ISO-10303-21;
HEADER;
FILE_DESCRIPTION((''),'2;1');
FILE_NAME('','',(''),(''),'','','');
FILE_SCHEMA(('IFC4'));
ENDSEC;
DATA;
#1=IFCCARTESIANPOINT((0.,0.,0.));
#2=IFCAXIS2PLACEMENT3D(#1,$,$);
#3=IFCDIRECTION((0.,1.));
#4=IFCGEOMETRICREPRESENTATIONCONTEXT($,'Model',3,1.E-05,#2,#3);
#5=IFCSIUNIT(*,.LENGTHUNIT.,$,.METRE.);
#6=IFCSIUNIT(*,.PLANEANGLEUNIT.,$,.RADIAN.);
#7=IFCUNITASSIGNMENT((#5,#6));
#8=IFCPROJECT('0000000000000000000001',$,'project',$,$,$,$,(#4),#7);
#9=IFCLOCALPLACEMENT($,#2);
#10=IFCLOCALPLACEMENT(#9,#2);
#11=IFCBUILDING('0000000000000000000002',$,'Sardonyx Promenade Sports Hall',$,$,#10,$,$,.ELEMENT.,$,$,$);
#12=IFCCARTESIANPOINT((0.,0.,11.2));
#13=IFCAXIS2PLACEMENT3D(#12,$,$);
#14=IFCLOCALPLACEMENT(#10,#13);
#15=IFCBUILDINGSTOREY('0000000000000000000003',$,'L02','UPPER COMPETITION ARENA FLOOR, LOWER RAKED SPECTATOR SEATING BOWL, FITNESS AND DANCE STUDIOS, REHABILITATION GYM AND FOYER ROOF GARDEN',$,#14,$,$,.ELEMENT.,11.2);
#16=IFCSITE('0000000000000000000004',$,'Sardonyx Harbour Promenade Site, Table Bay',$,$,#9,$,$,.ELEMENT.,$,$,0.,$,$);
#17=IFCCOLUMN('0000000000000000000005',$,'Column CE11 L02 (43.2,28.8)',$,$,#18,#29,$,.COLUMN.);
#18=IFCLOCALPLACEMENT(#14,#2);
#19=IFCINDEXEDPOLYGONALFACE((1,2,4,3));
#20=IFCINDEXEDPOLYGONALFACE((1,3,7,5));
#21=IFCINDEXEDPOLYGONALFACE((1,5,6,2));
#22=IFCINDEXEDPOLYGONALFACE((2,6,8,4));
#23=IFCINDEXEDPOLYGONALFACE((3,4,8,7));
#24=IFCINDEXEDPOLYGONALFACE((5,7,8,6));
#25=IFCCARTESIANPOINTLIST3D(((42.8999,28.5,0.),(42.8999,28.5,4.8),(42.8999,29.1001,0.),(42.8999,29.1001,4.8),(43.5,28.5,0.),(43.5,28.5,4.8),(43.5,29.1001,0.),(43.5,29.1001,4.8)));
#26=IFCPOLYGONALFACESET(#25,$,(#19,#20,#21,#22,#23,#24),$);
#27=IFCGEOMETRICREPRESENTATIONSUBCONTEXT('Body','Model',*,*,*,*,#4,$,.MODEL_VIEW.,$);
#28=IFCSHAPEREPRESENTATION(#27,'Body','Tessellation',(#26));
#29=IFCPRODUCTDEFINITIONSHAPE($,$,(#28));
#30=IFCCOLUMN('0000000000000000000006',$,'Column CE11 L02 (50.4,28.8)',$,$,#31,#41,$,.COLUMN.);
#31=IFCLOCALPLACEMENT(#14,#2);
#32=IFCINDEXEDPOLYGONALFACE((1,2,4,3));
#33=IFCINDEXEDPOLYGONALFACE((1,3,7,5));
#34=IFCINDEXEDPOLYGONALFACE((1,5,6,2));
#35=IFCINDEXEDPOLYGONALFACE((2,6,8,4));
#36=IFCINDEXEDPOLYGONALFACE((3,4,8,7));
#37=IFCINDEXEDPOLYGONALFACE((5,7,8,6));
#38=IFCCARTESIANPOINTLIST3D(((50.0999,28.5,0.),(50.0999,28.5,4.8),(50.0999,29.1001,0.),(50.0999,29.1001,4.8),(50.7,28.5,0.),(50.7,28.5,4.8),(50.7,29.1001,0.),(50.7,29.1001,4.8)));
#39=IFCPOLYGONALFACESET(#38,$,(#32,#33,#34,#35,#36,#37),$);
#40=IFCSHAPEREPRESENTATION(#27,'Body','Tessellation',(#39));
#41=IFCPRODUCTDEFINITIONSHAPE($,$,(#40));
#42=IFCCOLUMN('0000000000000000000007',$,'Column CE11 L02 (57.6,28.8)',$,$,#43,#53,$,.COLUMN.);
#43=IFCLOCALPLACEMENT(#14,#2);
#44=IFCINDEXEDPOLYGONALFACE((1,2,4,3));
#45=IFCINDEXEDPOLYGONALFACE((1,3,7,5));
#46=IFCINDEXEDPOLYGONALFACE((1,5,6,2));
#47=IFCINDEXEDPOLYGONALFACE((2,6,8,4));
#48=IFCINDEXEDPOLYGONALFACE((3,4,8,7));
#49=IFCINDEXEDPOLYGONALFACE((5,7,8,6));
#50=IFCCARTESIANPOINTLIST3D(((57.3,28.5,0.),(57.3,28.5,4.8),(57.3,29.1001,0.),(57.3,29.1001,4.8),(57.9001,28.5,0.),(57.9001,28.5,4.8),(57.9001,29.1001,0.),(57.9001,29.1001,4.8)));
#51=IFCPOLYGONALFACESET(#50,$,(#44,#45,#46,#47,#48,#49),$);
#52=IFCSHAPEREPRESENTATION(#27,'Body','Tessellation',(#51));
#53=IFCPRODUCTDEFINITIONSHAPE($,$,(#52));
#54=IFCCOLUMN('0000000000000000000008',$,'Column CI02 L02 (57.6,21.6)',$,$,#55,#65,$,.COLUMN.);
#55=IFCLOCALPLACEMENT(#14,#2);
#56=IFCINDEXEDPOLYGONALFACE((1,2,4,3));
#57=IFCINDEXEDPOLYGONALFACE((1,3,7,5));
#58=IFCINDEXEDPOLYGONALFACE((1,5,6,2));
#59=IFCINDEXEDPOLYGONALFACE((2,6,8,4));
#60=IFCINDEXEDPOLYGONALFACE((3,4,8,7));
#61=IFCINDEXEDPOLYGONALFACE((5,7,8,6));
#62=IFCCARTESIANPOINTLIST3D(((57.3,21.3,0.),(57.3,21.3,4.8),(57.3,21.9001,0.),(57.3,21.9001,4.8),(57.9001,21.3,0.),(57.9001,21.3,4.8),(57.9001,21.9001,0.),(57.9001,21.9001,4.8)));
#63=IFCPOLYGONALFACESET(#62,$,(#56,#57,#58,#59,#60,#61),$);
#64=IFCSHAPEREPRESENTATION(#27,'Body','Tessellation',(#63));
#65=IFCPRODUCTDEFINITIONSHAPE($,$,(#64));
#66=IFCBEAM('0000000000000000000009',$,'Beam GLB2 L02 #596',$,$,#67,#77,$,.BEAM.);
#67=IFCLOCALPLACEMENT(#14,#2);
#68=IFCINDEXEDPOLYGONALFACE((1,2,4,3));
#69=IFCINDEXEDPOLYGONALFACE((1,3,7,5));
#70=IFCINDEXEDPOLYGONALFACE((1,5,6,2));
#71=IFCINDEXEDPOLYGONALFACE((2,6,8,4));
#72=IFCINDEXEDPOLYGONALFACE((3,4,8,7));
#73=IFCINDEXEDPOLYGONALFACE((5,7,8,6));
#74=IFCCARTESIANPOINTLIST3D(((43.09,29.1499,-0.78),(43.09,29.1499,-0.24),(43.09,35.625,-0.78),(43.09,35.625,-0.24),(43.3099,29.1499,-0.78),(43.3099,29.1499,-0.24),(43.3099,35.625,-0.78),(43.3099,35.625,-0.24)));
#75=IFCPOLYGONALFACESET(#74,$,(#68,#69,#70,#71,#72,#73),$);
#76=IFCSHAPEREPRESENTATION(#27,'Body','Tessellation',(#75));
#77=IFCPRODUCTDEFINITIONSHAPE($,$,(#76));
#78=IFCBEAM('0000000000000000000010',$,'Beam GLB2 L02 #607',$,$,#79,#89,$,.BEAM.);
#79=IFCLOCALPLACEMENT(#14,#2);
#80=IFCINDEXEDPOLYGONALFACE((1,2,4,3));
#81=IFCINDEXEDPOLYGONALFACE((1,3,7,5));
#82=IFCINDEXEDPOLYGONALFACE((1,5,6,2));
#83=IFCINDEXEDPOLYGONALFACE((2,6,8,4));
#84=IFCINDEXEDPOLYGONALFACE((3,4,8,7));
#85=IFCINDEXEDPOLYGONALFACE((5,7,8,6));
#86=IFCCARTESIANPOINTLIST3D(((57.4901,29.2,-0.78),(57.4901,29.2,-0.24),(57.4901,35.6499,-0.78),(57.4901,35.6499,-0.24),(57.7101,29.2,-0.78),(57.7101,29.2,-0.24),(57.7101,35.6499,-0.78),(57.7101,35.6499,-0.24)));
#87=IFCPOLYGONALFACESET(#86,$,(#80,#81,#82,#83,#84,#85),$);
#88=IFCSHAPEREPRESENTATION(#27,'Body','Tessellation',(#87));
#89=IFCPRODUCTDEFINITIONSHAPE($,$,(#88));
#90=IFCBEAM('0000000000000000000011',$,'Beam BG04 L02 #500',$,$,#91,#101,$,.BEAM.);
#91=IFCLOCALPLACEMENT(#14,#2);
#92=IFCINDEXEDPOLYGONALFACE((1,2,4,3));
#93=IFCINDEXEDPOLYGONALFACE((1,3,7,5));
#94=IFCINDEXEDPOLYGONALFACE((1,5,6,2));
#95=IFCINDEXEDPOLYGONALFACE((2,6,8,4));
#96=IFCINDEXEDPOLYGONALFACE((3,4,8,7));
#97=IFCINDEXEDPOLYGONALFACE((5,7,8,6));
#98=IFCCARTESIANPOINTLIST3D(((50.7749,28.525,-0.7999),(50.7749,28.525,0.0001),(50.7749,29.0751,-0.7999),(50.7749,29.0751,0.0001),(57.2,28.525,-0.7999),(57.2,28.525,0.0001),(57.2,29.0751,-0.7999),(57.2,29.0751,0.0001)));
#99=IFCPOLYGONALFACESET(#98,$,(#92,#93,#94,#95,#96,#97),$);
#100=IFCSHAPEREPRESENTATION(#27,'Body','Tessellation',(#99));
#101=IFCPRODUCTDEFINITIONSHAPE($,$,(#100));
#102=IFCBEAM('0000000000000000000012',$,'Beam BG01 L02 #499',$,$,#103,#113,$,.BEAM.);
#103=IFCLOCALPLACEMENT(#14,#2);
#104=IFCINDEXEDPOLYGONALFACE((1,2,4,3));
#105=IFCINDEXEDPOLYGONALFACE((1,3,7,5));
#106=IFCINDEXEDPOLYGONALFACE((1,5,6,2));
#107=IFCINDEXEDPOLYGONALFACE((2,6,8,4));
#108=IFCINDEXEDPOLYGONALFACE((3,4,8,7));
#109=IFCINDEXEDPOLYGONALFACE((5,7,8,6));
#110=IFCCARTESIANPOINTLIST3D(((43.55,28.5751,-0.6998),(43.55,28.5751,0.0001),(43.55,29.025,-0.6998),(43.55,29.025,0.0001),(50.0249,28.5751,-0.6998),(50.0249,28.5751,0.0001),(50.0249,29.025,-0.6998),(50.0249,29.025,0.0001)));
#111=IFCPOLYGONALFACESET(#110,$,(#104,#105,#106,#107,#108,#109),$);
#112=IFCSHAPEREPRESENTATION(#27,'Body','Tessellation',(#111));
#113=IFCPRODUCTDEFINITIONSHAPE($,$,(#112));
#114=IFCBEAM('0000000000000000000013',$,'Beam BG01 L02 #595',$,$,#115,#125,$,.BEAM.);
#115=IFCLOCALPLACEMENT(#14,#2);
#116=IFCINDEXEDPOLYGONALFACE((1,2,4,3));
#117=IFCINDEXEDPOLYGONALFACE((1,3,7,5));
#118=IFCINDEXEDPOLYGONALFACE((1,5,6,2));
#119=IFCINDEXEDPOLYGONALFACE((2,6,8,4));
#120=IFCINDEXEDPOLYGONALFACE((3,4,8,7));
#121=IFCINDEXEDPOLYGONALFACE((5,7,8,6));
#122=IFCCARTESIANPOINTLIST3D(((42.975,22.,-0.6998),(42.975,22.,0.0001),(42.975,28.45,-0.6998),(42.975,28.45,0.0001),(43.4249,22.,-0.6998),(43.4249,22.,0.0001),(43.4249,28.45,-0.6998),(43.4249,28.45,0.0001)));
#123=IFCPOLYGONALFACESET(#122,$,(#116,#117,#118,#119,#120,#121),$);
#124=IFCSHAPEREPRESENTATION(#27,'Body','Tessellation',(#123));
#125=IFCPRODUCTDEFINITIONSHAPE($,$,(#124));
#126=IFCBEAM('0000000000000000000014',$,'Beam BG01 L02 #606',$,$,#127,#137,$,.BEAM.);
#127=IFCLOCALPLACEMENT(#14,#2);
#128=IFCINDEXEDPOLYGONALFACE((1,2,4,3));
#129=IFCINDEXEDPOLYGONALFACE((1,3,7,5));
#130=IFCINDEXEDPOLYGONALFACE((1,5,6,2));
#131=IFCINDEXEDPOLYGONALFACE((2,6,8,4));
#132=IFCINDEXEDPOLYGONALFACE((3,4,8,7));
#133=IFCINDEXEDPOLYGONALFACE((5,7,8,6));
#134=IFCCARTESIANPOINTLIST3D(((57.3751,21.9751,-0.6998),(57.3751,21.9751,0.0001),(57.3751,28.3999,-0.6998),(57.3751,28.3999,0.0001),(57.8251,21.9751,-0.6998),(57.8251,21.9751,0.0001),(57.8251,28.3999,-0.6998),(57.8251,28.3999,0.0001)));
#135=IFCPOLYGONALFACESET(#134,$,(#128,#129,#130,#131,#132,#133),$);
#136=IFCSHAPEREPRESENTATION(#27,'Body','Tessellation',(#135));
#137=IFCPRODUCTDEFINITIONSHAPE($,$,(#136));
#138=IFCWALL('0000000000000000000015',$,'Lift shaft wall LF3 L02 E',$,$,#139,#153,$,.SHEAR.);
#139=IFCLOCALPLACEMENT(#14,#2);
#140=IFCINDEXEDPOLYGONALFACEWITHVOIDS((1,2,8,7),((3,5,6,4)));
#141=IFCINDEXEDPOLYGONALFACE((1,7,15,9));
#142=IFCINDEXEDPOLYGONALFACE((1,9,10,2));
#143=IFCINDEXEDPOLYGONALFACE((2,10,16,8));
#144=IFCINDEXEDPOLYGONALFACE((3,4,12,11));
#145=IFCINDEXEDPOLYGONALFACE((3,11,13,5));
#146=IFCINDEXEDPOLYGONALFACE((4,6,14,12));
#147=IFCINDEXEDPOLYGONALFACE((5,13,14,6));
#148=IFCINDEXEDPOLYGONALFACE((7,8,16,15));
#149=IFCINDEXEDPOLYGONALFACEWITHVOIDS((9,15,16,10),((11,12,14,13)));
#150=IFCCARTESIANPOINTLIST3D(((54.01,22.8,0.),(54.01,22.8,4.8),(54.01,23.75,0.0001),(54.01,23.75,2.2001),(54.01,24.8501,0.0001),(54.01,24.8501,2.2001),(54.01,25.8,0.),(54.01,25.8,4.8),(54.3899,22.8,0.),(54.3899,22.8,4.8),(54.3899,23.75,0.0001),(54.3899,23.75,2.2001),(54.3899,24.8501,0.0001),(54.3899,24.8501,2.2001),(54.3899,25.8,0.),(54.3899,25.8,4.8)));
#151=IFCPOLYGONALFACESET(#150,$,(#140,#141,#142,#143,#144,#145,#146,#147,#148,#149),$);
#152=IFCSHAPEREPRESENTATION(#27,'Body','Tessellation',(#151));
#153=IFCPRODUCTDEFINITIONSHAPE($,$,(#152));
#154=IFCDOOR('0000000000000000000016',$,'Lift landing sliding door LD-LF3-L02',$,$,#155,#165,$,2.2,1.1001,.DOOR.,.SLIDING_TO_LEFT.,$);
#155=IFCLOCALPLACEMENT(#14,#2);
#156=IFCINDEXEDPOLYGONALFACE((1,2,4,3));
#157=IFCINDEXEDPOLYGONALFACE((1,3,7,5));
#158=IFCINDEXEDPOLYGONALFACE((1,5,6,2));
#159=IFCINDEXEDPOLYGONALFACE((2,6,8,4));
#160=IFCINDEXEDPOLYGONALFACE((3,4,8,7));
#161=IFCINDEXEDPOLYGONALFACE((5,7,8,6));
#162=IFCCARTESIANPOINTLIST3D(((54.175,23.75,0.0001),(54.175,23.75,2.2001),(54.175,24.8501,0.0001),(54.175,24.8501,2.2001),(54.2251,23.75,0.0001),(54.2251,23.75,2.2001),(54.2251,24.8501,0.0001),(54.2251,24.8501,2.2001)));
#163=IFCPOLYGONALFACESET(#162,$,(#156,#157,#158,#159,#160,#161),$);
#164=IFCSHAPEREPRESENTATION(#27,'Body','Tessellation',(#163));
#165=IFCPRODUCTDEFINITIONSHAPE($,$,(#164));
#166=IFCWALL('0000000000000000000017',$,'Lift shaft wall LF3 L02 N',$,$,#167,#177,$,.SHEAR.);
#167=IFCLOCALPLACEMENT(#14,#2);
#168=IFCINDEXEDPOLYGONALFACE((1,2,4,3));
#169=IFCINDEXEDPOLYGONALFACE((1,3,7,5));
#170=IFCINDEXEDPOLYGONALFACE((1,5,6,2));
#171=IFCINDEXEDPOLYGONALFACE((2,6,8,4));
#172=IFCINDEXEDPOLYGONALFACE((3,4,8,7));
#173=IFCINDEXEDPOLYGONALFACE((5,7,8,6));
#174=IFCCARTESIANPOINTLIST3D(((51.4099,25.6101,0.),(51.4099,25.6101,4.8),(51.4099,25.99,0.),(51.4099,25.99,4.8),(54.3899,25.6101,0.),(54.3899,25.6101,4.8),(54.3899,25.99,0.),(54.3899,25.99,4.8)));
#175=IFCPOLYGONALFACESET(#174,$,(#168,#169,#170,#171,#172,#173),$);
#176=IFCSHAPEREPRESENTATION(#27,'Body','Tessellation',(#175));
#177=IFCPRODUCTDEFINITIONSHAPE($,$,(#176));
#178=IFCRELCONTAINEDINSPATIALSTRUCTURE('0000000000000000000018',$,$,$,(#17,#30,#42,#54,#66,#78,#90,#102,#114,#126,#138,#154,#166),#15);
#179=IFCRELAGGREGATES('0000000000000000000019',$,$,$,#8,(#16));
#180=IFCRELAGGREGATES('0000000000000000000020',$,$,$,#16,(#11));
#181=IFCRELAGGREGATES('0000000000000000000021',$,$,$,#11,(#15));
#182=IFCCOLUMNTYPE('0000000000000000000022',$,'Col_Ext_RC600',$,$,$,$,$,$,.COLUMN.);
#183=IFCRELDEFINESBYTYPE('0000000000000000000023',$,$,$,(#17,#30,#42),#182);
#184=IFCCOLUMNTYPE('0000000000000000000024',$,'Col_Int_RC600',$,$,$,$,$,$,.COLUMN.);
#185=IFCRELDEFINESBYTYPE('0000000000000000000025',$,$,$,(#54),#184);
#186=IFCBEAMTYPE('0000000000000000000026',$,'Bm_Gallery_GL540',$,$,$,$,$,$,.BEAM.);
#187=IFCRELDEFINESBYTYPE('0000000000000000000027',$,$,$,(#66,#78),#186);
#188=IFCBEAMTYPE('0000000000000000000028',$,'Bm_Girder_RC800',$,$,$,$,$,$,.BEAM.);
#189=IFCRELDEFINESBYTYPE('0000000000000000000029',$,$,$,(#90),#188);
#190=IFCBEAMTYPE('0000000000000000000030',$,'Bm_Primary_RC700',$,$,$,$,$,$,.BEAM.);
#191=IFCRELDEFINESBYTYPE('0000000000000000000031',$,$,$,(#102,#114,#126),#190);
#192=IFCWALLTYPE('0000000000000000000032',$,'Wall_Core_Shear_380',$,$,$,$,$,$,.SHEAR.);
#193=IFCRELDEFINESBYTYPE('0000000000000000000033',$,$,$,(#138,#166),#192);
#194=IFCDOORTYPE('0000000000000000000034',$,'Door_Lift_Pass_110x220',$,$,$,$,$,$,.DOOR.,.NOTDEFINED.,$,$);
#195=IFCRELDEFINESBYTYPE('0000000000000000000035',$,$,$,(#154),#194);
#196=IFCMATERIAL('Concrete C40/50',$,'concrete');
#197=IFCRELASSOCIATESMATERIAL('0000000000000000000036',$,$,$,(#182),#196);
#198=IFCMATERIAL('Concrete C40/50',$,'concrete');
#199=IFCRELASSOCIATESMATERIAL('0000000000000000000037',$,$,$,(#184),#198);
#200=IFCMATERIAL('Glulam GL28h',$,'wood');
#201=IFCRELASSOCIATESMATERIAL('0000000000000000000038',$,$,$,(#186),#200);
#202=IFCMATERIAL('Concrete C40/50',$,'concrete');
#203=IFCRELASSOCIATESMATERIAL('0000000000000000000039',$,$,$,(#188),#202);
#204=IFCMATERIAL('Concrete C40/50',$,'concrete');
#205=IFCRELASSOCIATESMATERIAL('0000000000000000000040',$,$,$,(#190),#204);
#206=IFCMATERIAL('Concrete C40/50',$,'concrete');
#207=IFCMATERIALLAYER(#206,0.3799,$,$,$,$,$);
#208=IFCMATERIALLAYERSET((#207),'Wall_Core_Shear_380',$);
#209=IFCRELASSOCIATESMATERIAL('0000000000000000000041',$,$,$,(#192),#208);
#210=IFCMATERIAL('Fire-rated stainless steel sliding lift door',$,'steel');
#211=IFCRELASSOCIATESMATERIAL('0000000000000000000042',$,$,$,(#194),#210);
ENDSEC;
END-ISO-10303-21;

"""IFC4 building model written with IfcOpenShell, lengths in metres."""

from ifc_helpers import new_model, si_unit, direction, frame, frame_2d, origin, origin_2d, place, context, subcontext, project, spatial, rectangle, extrude, material, layer, layer_set, material_profile, profile_set, type_object, element, fill, save


model = new_model("IFC4")

# Units and contexts
model_context = context("Model", 3, precision=1e-05, world=origin(), true_north=direction((0.0, 1.0)))
body_context = subcontext(model_context, "Body", "Model", "MODEL_VIEW")
ifc_project = project(units=[si_unit("LENGTHUNIT", "METRE"), si_unit("PLANEANGLEUNIT", "RADIAN")], contexts=[model_context])

# Site, building, storey
site_placement = place(None, origin())
site = spatial("IfcSite", under=ifc_project, at=site_placement, Name="Sardonyx Harbour Promenade Site, Table Bay", CompositionType="ELEMENT", RefElevation=0.0)
building_placement = place(site_placement, origin())
building = spatial("IfcBuilding", under=site, at=building_placement, Name="Sardonyx Promenade Sports Hall", CompositionType="ELEMENT")
storey_placement = place(building_placement, frame((0.0, 0.0, 11.2)))
storey = spatial("IfcBuildingStorey", under=building, at=storey_placement, Name="L02", Description="UPPER COMPETITION ARENA FLOOR, LOWER RAKED SPECTATOR SEATING BOWL, FITNESS AND DANCE STUDIOS, REHABILITATION GYM AND FOYER ROOF GARDEN", CompositionType="ELEMENT", Elevation=11.2)

# Columns
ifc_material_1 = material(Name="Concrete C40/50", Category="concrete")
ifc_material_profile_1 = material_profile(ifc_material_1, rectangle(XDim=0.6001, YDim=0.6001, at=origin_2d()))
ifc_profile_set_1 = profile_set([ifc_material_profile_1], Name="Concrete C40/50")
column_type_1 = type_object("IfcColumnType", Name="Col_Ext_RC600", PredefinedType="COLUMN", material=ifc_profile_set_1)
for number, where, z_axis, x_axis, name in (
    (1, (43.2, 28.8, 0.0), (0.0, 0.0, 1.0), (1.0, 0.0, 0.0), "Column CE11 L02 (43.2,28.8)"),
    (2, (50.3999, 28.8, 0.0), (0.0, 0.0, 1.0), (1.0, 0.0, 0.0), "Column CE11 L02 (50.4,28.8)"),
    (3, (57.6001, 28.8, 0.0), (0.0, 0.0, 1.0), (1.0, 0.0, 0.0), "Column CE11 L02 (57.6,28.8)"),
):
    element("IfcColumn", number, at=place(storey_placement, frame(where, z_axis=z_axis, x_axis=x_axis)), inside=storey, type_object=column_type_1, Name=name, PredefinedType="COLUMN", context=body_context, shape_type="SweptSolid", body=[
        extrude(rectangle(XDim=0.6001, YDim=0.6001, at=origin_2d()), origin(), (0.0, 0.0, 1.0), 4.8),
    ])
ifc_material_2 = material(Name="Concrete C40/50", Category="concrete")
ifc_material_profile_2 = material_profile(ifc_material_2, rectangle(XDim=0.6001, YDim=0.6001, at=origin_2d()))
ifc_profile_set_2 = profile_set([ifc_material_profile_2], Name="Concrete C40/50")
column_type_2 = type_object("IfcColumnType", Name="Col_Int_RC600", PredefinedType="COLUMN", material=ifc_profile_set_2)
column_placement = place(storey_placement, frame((57.6001, 21.6001, 0.0), z_axis=(0.0, 0.0, 1.0), x_axis=(1.0, 0.0, 0.0)))
element("IfcColumn", 4, at=column_placement, inside=storey, type_object=column_type_2, Name="Column CI02 L02 (57.6,21.6)", PredefinedType="COLUMN", context=body_context, shape_type="SweptSolid", body=[
    extrude(rectangle(XDim=0.6001, YDim=0.6001, at=origin_2d()), origin(), (0.0, 0.0, 1.0), 4.8),
])

# Beams
ifc_material_3 = material(Name="Glulam GL28h", Category="wood")
ifc_material_profile_3 = material_profile(ifc_material_3, rectangle(XDim=0.22, YDim=0.54, at=origin_2d()))
ifc_profile_set_3 = profile_set([ifc_material_profile_3], Name="Glulam GL28h")
beam_type_1 = type_object("IfcBeamType", Name="Bm_Gallery_GL540", PredefinedType="BEAM", material=ifc_profile_set_3)
beam_1_placement = place(storey_placement, frame((43.2, 29.1499, -0.51), z_axis=(0.0, 1.0, 0.0), x_axis=(-1.0, 0.0, 0.0)))
element("IfcBeam", 5, at=beam_1_placement, inside=storey, type_object=beam_type_1, Name="Beam GLB2 L02 #596", PredefinedType="BEAM", context=body_context, shape_type="SweptSolid", body=[
    extrude(rectangle(XDim=0.22, YDim=0.54, at=origin_2d()), origin(), (0.0, 0.0, 1.0), 6.4751),
])
beam_2_placement = place(storey_placement, frame((57.6001, 29.2, -0.51), z_axis=(0.0, 1.0, 0.0), x_axis=(-1.0, 0.0, 0.0)))
element("IfcBeam", 6, at=beam_2_placement, inside=storey, type_object=beam_type_1, Name="Beam GLB2 L02 #607", PredefinedType="BEAM", context=body_context, shape_type="SweptSolid", body=[
    extrude(rectangle(XDim=0.22, YDim=0.54, at=origin_2d()), origin(), (0.0, 0.0, 1.0), 6.45),
])
ifc_material_4 = material(Name="Concrete C40/50", Category="concrete")
ifc_material_profile_4 = material_profile(ifc_material_4, rectangle(XDim=0.55, YDim=0.8, at=origin_2d()))
ifc_profile_set_4 = profile_set([ifc_material_profile_4], Name="Concrete C40/50")
beam_type_2 = type_object("IfcBeamType", Name="Bm_Girder_RC800", PredefinedType="BEAM", material=ifc_profile_set_4)
beam_3_placement = place(storey_placement, frame((50.7749, 28.8, -0.3999), z_axis=(1.0, 0.0, 0.0), x_axis=(0.0, 1.0, 0.0)))
element("IfcBeam", 7, at=beam_3_placement, inside=storey, type_object=beam_type_2, Name="Beam BG04 L02 #500", PredefinedType="BEAM", context=body_context, shape_type="SweptSolid", body=[
    extrude(rectangle(XDim=0.55, YDim=0.8, at=origin_2d()), origin(), (0.0, 0.0, 1.0), 6.425),
])
ifc_material_5 = material(Name="Concrete C40/50", Category="concrete")
ifc_material_profile_5 = material_profile(ifc_material_5, rectangle(XDim=0.45, YDim=0.7, at=origin_2d()))
ifc_profile_set_5 = profile_set([ifc_material_profile_5], Name="Concrete C40/50")
beam_type_3 = type_object("IfcBeamType", Name="Bm_Primary_RC700", PredefinedType="BEAM", material=ifc_profile_set_5)
beam_4_placement = place(storey_placement, frame((43.55, 28.8, -0.3499), z_axis=(1.0, 0.0, 0.0), x_axis=(0.0, 1.0, 0.0)))
element("IfcBeam", 8, at=beam_4_placement, inside=storey, type_object=beam_type_3, Name="Beam BG01 L02 #499", PredefinedType="BEAM", context=body_context, shape_type="SweptSolid", body=[
    extrude(rectangle(XDim=0.45, YDim=0.7, at=origin_2d()), origin(), (0.0, 0.0, 1.0), 6.4749),
])
beam_5_placement = place(storey_placement, frame((43.2, 22.0, -0.3499), z_axis=(0.0, 1.0, 0.0), x_axis=(-1.0, 0.0, 0.0)))
element("IfcBeam", 9, at=beam_5_placement, inside=storey, type_object=beam_type_3, Name="Beam BG01 L02 #595", PredefinedType="BEAM", context=body_context, shape_type="SweptSolid", body=[
    extrude(rectangle(XDim=0.45, YDim=0.7, at=origin_2d()), origin(), (0.0, 0.0, 1.0), 6.45),
])
beam_6_placement = place(storey_placement, frame((57.6001, 21.9751, -0.3499), z_axis=(0.0, 1.0, 0.0), x_axis=(-1.0, 0.0, 0.0)))
element("IfcBeam", 10, at=beam_6_placement, inside=storey, type_object=beam_type_3, Name="Beam BG01 L02 #606", PredefinedType="BEAM", context=body_context, shape_type="SweptSolid", body=[
    extrude(rectangle(XDim=0.45, YDim=0.7, at=origin_2d()), origin(), (0.0, 0.0, 1.0), 6.4248),
])

# Wall, opening, door
ifc_material_6 = material(Name="Concrete C40/50", Category="concrete")
ifc_layer_1 = layer(ifc_material_6, 0.3799)
ifc_layer_set_1 = layer_set([ifc_layer_1], Name="Wall_Core_Shear_380")
wall_type_1 = type_object("IfcWallType", Name="Wall_Core_Shear_380", PredefinedType="SHEAR", material=ifc_layer_set_1)
wall_1_placement = place(storey_placement, frame((54.2, 22.8, 0.0), z_axis=(0.0, 0.0, 1.0), x_axis=(0.0, 1.0, 0.0)))
wall_1 = element("IfcWall", 11, at=wall_1_placement, inside=storey, type_object=wall_type_1, Name="Lift shaft wall LF3 L02 E", PredefinedType="SHEAR", context=body_context, shape_type="SweptSolid", body=[
    extrude(rectangle(XDim=3.0, YDim=0.3799, at=frame_2d((1.5, 0.0))), origin(), (0.0, 0.0, 1.0), 4.8),
])
opening_1_placement = place(wall_1_placement, frame((0.95, 0.0, 0.0)))
opening_1 = element("IfcOpeningElement", 12, at=opening_1_placement, cuts=wall_1, PredefinedType="OPENING", context=body_context, shape_type="SweptSolid", body=[
    extrude(rectangle(XDim=1.1001, YDim=2.2, at=frame_2d((0.55, 1.1001))), frame((0.0, 0.2, 0.0), z_axis=(0.0, -1.0, 0.0), x_axis=(1.0, 0.0, 0.0)), (0.0, 0.0, 1.0), 0.4),
])
ifc_material_7 = material(Name="Fire-rated stainless steel sliding lift door", Category="steel")
door_type_1 = type_object("IfcDoorType", Name="Door_Lift_Pass_110x220", OperationType="NOTDEFINED", PredefinedType="DOOR", material=ifc_material_7)
door_1_placement = place(opening_1_placement, origin())
door_1 = element("IfcDoor", 13, at=door_1_placement, inside=storey, type_object=door_type_1, Name="Lift landing sliding door LD-LF3-L02", OperationType="SLIDING_TO_LEFT", OverallHeight=2.2, OverallWidth=1.1001, PredefinedType="DOOR", context=body_context, shape_type="SweptSolid", body=[
    extrude(rectangle(XDim=1.1001, YDim=2.2, at=frame_2d((0.55, 1.1001))), frame((0.0, 0.0249, 0.0), z_axis=(0.0, -1.0, 0.0), x_axis=(1.0, 0.0, 0.0)), (0.0, 0.0, 1.0), 0.05),
])
fill(opening_1, door_1)

# Wall
wall_2_placement = place(storey_placement, frame((51.4099, 25.8, 0.0), z_axis=(0.0, 0.0, 1.0), x_axis=(1.0, 0.0, 0.0)))
element("IfcWall", 14, at=wall_2_placement, inside=storey, type_object=wall_type_1, Name="Lift shaft wall LF3 L02 N", PredefinedType="SHEAR", context=body_context, shape_type="SweptSolid", body=[
    extrude(rectangle(XDim=2.98, YDim=0.3799, at=frame_2d((1.49, 0.0))), origin(), (0.0, 0.0, 1.0), 4.8),
])

save(model, "model.ifc")
